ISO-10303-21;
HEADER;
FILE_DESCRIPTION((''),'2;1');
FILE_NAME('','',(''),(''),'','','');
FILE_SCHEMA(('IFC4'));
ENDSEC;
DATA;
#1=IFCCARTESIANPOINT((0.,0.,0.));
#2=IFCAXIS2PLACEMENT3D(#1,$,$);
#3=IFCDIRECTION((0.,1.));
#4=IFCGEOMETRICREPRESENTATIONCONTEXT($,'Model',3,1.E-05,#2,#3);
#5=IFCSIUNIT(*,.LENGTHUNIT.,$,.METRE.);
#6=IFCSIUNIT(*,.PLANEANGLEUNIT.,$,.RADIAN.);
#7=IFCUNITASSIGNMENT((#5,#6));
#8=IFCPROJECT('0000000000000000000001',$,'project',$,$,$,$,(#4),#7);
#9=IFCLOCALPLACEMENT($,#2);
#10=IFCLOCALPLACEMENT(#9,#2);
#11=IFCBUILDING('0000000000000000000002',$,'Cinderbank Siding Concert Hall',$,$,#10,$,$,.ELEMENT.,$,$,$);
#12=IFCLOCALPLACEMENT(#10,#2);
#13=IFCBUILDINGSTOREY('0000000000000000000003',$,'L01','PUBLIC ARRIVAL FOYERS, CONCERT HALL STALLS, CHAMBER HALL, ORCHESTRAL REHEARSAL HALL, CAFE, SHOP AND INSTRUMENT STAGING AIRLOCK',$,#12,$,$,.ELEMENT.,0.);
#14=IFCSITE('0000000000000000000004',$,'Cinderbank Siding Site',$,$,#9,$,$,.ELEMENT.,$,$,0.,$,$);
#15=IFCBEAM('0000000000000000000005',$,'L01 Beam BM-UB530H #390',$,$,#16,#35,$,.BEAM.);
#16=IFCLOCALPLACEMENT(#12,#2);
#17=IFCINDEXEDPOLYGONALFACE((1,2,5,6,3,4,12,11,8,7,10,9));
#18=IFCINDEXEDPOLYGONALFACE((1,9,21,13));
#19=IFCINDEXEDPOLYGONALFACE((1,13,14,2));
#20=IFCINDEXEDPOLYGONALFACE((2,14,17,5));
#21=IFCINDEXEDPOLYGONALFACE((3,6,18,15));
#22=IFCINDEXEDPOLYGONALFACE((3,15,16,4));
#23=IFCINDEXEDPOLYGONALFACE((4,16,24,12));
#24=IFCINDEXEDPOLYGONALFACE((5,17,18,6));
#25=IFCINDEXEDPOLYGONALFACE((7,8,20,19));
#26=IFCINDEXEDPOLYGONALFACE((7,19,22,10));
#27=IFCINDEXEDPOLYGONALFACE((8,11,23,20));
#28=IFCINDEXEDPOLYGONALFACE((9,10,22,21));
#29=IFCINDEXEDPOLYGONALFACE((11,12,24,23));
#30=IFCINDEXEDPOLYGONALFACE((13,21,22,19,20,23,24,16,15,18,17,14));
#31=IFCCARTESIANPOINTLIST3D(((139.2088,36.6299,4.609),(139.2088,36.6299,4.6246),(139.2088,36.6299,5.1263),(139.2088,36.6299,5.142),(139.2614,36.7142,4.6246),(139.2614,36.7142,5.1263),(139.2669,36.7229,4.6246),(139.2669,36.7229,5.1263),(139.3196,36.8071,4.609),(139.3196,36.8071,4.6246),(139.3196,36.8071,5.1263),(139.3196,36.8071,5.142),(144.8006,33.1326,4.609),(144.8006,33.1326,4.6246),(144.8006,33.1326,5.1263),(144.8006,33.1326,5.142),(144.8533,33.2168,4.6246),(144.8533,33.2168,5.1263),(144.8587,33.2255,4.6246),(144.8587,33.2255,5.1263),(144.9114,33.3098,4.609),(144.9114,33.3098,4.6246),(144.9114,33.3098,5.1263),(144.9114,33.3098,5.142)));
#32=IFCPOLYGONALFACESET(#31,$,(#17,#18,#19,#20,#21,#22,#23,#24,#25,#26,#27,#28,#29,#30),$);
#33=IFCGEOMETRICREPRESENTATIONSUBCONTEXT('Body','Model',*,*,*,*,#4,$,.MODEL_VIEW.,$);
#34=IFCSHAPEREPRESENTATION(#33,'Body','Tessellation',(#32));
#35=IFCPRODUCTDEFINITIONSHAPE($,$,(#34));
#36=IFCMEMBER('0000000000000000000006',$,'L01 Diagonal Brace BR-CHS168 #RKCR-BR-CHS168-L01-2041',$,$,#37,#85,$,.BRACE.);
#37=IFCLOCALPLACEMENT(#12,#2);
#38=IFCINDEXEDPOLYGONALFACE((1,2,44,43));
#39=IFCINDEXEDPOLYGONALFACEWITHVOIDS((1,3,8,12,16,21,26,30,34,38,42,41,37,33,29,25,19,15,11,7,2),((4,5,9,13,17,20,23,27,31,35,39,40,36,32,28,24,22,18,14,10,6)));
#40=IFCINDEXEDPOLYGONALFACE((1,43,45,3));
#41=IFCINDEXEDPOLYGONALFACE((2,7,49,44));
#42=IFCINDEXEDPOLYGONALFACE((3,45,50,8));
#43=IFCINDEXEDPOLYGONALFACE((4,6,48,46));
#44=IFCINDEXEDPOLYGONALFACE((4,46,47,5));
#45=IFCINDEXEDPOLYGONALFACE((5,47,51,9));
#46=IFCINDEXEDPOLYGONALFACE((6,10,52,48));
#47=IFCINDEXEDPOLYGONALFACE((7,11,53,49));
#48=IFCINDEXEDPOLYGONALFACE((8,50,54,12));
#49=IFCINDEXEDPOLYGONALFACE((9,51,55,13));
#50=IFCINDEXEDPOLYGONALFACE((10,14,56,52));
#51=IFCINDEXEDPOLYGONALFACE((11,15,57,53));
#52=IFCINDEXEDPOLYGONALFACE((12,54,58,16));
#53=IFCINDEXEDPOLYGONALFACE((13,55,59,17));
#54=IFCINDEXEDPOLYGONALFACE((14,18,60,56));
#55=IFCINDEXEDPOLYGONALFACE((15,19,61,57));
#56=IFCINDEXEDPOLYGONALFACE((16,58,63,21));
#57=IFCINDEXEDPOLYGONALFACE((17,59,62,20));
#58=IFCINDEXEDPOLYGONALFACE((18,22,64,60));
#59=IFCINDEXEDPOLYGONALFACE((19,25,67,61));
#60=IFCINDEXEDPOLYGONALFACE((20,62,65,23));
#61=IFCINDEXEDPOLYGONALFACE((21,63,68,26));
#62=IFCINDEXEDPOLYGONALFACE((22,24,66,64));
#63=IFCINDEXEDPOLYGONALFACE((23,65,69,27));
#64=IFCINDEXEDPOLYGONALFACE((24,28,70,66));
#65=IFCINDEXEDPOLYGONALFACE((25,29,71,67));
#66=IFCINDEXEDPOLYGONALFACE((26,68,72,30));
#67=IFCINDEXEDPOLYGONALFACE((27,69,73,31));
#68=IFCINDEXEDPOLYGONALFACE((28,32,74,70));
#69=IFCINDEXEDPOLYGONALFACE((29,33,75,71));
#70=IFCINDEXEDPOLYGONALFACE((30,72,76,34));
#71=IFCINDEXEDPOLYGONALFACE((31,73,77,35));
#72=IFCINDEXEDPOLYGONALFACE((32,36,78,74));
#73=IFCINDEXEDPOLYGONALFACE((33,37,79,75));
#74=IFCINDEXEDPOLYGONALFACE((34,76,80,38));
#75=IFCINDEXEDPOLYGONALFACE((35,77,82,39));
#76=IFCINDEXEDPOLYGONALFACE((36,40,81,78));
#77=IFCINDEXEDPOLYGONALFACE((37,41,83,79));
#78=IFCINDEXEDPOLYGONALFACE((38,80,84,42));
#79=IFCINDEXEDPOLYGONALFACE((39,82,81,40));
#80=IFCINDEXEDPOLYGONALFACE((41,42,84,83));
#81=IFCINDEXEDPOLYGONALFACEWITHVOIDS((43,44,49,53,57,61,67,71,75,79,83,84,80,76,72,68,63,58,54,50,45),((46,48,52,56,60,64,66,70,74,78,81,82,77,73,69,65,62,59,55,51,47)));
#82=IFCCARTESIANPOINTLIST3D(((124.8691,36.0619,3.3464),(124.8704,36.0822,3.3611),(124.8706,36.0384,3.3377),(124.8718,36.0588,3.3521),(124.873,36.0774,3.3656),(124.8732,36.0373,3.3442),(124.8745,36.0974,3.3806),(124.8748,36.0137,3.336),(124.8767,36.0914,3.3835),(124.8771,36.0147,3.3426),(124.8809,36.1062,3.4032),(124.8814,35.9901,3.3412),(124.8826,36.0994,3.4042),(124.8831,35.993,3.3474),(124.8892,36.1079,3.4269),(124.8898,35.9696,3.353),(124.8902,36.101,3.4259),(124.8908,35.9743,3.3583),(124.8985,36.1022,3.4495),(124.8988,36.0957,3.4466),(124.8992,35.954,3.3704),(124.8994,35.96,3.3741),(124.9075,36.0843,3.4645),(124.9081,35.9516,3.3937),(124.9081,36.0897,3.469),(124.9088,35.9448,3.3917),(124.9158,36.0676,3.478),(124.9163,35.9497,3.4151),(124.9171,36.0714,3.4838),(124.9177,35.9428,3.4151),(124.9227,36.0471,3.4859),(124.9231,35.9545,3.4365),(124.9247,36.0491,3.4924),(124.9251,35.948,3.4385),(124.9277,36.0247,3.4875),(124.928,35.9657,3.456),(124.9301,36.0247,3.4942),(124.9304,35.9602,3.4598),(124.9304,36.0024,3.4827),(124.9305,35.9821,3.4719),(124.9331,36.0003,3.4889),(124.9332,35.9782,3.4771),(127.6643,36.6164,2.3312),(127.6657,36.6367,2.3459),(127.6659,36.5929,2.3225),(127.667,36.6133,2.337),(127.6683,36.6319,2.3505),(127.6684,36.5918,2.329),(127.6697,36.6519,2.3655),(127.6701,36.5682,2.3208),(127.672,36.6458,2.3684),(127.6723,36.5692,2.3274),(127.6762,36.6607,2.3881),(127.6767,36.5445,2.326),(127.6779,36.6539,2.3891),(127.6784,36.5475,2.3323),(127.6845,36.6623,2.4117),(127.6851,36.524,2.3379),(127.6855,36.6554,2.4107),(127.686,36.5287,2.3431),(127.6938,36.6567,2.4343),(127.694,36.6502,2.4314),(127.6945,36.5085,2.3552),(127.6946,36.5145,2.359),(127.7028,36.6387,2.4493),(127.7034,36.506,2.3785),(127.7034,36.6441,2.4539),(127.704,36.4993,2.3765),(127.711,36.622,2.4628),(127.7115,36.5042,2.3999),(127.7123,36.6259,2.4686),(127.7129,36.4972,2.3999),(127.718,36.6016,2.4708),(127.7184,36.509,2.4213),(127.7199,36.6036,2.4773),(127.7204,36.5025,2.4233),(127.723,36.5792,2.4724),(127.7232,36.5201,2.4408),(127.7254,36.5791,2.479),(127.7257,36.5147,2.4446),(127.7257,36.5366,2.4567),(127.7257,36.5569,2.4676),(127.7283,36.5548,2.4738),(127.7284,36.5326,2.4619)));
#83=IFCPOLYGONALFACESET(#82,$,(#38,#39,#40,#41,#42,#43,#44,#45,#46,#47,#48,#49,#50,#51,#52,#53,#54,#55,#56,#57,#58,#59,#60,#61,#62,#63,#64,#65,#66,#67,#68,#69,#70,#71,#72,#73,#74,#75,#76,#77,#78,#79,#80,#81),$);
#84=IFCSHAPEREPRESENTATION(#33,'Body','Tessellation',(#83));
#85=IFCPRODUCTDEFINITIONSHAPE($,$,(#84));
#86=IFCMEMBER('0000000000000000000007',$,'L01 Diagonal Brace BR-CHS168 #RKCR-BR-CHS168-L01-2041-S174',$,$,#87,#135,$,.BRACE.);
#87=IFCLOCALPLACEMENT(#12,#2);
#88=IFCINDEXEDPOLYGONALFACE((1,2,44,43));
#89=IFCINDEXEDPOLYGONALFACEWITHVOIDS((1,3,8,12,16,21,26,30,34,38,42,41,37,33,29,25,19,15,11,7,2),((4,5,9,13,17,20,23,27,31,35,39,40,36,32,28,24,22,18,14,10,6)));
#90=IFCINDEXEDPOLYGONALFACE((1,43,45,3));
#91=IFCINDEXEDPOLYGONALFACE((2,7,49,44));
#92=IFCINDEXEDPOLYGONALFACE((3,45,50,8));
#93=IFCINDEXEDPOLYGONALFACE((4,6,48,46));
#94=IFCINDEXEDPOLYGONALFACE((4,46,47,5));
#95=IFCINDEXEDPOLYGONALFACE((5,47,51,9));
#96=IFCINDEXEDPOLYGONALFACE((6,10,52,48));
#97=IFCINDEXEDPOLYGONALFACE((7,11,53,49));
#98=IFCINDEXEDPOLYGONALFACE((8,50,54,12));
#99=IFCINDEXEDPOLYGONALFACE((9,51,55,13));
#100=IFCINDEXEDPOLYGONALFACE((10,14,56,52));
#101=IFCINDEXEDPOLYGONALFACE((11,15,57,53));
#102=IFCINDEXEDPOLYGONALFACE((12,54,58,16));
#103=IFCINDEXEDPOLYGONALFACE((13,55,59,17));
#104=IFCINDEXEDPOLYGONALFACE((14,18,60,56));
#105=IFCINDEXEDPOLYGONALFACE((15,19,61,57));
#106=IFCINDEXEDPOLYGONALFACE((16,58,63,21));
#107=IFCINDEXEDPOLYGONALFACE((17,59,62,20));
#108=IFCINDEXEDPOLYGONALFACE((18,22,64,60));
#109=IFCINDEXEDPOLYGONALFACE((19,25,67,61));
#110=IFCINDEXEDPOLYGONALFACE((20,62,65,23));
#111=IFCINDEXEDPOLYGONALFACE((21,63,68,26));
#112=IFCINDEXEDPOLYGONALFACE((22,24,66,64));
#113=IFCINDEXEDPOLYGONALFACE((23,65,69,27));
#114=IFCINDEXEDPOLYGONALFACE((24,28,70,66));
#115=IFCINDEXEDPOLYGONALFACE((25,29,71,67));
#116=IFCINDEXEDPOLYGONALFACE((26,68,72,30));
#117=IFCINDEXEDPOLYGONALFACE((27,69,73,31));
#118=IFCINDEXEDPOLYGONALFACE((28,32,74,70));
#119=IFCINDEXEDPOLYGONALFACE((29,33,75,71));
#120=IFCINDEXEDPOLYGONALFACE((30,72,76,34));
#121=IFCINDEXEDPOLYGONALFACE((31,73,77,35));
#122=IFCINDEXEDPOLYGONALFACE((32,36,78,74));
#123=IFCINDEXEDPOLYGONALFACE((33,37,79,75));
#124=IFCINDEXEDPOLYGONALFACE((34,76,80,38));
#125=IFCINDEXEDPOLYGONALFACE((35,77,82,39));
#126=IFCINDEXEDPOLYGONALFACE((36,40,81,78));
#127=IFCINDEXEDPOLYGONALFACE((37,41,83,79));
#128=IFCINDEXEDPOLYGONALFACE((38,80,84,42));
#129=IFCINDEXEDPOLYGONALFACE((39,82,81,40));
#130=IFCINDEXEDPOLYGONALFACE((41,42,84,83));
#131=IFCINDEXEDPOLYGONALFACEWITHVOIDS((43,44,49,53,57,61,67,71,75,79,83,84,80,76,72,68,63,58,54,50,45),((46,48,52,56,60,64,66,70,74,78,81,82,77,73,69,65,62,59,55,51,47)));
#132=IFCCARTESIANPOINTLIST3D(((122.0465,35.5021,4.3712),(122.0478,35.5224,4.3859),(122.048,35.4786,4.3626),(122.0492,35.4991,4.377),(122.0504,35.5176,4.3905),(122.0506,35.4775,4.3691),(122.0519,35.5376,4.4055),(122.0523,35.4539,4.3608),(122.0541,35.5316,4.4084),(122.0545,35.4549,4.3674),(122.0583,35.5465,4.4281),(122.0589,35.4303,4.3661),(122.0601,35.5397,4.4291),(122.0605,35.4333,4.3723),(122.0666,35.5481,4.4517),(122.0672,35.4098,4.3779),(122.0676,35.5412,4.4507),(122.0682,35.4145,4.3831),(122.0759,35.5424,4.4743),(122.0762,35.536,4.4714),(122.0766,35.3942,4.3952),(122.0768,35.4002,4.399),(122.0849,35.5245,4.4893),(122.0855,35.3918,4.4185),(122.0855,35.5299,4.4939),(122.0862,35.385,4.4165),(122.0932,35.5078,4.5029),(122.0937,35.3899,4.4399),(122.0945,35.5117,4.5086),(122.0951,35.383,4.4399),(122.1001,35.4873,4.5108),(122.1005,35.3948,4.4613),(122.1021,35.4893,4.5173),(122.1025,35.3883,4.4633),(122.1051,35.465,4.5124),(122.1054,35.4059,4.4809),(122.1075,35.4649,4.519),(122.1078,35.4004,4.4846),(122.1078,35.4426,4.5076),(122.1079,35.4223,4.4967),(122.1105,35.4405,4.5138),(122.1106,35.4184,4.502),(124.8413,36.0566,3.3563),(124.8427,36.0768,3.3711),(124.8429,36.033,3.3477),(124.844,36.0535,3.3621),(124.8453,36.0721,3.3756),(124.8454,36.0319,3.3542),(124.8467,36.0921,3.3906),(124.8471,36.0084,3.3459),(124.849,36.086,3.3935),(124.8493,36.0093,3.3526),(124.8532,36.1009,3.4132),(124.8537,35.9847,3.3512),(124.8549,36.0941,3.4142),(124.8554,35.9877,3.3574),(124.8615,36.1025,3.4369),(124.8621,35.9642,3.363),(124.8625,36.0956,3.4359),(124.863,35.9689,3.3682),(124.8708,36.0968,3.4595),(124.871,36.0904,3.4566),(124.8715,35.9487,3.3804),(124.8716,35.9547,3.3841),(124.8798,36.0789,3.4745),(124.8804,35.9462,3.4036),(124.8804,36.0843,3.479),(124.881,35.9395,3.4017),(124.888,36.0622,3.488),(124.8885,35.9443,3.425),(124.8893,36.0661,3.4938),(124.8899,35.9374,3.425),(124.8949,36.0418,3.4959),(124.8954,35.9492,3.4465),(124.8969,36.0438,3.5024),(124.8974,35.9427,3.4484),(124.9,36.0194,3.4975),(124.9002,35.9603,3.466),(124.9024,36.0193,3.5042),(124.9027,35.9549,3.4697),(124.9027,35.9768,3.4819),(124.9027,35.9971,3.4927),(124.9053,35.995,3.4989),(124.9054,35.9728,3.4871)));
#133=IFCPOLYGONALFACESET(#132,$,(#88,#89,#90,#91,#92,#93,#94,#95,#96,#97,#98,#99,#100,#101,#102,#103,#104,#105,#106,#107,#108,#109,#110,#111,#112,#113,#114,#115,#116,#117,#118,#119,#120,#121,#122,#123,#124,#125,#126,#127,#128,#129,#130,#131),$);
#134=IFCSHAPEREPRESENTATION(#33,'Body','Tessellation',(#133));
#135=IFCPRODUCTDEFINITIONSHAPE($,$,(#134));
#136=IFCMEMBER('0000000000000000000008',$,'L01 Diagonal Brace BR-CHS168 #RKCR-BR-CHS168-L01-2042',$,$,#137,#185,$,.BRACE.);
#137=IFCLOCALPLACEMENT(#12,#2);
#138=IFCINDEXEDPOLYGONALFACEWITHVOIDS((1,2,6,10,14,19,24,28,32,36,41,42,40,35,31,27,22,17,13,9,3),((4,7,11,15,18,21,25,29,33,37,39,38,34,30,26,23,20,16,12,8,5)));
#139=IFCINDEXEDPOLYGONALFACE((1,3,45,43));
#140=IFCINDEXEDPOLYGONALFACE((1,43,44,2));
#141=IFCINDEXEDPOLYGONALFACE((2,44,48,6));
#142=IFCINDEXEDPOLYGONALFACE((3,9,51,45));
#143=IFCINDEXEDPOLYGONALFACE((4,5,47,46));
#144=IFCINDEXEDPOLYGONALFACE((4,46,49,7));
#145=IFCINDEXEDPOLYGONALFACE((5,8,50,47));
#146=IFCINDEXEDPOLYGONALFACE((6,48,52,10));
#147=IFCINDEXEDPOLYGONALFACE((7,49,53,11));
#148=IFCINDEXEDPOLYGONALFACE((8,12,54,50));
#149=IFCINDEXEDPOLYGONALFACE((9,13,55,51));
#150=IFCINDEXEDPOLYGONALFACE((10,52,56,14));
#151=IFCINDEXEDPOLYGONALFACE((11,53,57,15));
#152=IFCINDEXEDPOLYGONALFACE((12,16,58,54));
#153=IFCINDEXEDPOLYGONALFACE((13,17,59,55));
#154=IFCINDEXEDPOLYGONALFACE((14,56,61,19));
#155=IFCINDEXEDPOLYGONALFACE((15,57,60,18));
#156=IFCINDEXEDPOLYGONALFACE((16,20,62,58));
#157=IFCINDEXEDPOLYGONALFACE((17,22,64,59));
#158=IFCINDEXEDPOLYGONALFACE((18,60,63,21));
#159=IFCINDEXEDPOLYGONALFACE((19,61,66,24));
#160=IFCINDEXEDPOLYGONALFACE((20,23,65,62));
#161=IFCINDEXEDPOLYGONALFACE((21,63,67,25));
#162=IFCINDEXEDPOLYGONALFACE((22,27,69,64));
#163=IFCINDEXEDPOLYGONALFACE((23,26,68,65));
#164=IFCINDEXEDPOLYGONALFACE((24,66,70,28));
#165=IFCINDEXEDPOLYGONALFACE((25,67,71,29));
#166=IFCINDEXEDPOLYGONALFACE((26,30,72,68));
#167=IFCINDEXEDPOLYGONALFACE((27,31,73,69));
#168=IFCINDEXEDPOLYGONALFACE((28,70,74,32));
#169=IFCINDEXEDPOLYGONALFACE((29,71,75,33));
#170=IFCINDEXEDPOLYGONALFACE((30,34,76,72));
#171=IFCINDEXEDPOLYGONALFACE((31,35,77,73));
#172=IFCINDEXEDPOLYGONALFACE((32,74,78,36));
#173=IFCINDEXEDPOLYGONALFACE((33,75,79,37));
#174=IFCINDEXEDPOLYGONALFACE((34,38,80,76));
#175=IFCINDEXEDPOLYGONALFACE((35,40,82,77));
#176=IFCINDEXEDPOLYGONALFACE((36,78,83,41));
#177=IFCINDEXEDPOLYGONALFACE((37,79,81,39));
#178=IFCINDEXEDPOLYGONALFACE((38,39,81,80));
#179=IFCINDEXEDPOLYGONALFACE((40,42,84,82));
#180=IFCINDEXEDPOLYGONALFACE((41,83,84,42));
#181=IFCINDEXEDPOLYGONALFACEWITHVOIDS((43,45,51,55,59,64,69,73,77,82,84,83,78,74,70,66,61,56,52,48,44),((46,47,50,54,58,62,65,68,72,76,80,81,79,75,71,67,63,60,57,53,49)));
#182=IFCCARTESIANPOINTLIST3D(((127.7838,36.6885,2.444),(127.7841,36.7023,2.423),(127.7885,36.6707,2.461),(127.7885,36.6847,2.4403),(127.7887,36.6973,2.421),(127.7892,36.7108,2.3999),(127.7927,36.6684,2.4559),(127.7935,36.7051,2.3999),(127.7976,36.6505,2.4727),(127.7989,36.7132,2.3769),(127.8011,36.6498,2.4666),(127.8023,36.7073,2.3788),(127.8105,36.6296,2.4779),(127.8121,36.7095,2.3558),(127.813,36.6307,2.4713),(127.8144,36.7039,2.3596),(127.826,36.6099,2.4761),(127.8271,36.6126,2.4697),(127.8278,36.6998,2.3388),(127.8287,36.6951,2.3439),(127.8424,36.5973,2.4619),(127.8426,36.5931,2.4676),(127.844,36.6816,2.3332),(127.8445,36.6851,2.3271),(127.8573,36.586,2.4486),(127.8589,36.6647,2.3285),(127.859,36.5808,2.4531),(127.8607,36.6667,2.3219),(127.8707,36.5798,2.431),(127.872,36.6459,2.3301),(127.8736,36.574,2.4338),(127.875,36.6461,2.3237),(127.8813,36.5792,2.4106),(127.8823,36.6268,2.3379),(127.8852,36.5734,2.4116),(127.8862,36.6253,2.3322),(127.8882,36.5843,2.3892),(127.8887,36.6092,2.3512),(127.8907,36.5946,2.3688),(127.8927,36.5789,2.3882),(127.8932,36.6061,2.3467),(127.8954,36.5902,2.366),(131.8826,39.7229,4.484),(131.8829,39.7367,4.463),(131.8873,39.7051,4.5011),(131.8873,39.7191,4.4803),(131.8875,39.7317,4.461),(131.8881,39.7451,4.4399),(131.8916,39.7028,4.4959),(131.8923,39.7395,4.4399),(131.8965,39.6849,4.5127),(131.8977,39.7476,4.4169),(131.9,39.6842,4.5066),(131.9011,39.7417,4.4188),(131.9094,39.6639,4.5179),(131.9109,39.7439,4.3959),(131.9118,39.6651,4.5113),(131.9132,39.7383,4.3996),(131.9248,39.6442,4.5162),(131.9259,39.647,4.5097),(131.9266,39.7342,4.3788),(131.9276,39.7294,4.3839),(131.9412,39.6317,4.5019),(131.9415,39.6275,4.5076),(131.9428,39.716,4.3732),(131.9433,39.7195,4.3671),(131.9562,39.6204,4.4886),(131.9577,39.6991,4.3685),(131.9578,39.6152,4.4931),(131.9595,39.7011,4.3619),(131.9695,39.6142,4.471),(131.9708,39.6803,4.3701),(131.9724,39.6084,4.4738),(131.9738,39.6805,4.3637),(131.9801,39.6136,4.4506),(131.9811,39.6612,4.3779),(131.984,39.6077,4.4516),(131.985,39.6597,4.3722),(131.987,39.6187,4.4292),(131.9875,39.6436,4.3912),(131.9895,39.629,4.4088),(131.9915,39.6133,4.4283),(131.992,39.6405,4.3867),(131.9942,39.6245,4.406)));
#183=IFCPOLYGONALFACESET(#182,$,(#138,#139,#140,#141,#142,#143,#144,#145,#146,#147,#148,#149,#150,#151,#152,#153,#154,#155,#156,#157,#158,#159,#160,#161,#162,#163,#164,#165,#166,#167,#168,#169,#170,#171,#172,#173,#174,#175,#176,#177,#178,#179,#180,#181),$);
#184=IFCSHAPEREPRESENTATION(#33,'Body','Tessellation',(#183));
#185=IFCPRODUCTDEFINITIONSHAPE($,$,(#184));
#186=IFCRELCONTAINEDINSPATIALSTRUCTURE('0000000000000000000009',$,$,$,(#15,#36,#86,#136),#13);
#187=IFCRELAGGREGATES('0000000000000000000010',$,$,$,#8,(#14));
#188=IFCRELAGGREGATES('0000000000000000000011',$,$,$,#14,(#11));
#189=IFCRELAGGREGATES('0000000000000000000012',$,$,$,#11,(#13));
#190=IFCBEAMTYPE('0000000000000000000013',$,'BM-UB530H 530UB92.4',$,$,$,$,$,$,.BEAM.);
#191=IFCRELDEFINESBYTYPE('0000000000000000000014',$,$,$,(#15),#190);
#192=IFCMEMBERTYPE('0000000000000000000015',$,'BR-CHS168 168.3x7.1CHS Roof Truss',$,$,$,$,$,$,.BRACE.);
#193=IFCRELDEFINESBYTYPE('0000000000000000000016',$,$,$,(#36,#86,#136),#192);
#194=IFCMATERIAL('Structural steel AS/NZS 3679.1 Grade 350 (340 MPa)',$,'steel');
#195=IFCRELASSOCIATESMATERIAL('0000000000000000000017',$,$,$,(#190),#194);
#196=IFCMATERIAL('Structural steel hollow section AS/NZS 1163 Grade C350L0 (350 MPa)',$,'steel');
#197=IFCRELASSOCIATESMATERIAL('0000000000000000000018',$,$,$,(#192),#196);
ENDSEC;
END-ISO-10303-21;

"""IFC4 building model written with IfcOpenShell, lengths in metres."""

from ifc_helpers import new_model, si_unit, direction, frame, origin, origin_2d, place, context, subcontext, project, spatial, hollow_circle, i_section, extrude, material, material_profile, profile_set, type_object, element, save


model = new_model("IFC4")

# Units and contexts
model_context = context("Model", 3, precision=1e-05, world=origin(), true_north=direction((0.0, 1.0)))
body_context = subcontext(model_context, "Body", "Model", "MODEL_VIEW")
ifc_project = project(units=[si_unit("LENGTHUNIT", "METRE"), si_unit("PLANEANGLEUNIT", "RADIAN")], contexts=[model_context])

# Site, building, storey
site_placement = place(None, origin())
site = spatial("IfcSite", under=ifc_project, at=site_placement, Name="Cinderbank Siding Site", CompositionType="ELEMENT", RefElevation=0.0)
building_placement = place(site_placement, origin())
building = spatial("IfcBuilding", under=site, at=building_placement, Name="Cinderbank Siding Concert Hall", CompositionType="ELEMENT")
storey_placement = place(building_placement, origin())
storey = spatial("IfcBuildingStorey", under=building, at=storey_placement, Name="L01", Description="PUBLIC ARRIVAL FOYERS, CONCERT HALL STALLS, CHAMBER HALL, ORCHESTRAL REHEARSAL HALL, CAFE, SHOP AND INSTRUMENT STAGING AIRLOCK", CompositionType="ELEMENT", Elevation=0.0)

# Beam
ifc_material_1 = material(Name="Structural steel AS/NZS 3679.1 Grade 350 (340 MPa)", Category="steel")
ifc_material_profile_1 = material_profile(ifc_material_1, i_section(OverallWidth=0.209, OverallDepth=0.533, WebThickness=0.0103, FlangeThickness=0.0156, at=origin_2d()), Name="530UB92.4", Category="LoadBearing")
ifc_profile_set_1 = profile_set([ifc_material_profile_1], Name="Structural steel AS/NZS 3679.1 Grade 350 (340 MPa)")
beam_type_1 = type_object("IfcBeamType", Name="BM-UB530H 530UB92.4", PredefinedType="BEAM", material=ifc_profile_set_1)
beam_1_placement = place(storey_placement, frame((139.2642, 36.7185, 4.8755), z_axis=(0.847832, -0.530265, 0.0), x_axis=(0.530265, 0.847832, 0.0)))
element("IfcBeam", 1, at=beam_1_placement, inside=storey, type_object=beam_type_1, Name="L01 Beam BM-UB530H #390", PredefinedType="BEAM", context=body_context, shape_type="SweptSolid", body=[
    extrude(i_section(OverallWidth=0.209, OverallDepth=0.533, WebThickness=0.0103, FlangeThickness=0.0156, at=origin_2d()), origin(), (0.0, 0.0, 1.0), 6.5955),
])

# Members
ifc_material_2 = material(Name="Structural steel hollow section AS/NZS 1163 Grade C350L0 (350 MPa)", Category="steel")
ifc_material_profile_2 = material_profile(ifc_material_2, hollow_circle(Radius=0.0842, WallThickness=0.0071, at=origin_2d()), Name="168.3x7.1CHS", Category="LoadBearing")
ifc_profile_set_2 = profile_set([ifc_material_profile_2], Name="Structural steel hollow section AS/NZS 1163 Grade C350L0 (350 MPa)")
member_type_1 = type_object("IfcMemberType", Name="BR-CHS168 168.3x7.1CHS Roof Truss", PredefinedType="BRACE", material=ifc_profile_set_2)
member_1_placement = place(storey_placement, frame((127.6965, 36.5798, 2.3999), z_axis=(-0.92401, -0.183285, 0.335578), x_axis=(0.194567, -0.980889, 0.0)))
element("IfcMember", 2, at=member_1_placement, inside=storey, type_object=member_type_1, Name="L01 Diagonal Brace BR-CHS168 #RKCR-BR-CHS168-L01-2041", PredefinedType="BRACE", context=body_context, shape_type="SweptSolid", body=[
    extrude(hollow_circle(Radius=0.0842, WallThickness=0.0071, at=origin_2d()), origin(), (0.0, 0.0, 1.0), 3.0251),
])
member_2_placement = place(storey_placement, frame((124.8735, 36.02, 3.425), z_axis=(-0.924023, -0.183303, 0.335531), x_axis=(0.194584, -0.980886, 0.0)))
element("IfcMember", 3, at=member_2_placement, inside=storey, type_object=member_type_1, Name="L01 Diagonal Brace BR-CHS168 #RKCR-BR-CHS168-L01-2041-S174", PredefinedType="BRACE", context=body_context, shape_type="SweptSolid", body=[
    extrude(hollow_circle(Radius=0.0842, WallThickness=0.0071, at=origin_2d()), origin(), (0.0, 0.0, 1.0), 3.0247),
])
member_3_placement = place(storey_placement, frame((127.8394, 36.6431, 2.3999), z_axis=(0.746234, 0.552442, 0.371406), x_axis=(-0.595002, 0.803724, 0.0)))
element("IfcMember", 4, at=member_3_placement, inside=storey, type_object=member_type_1, Name="L01 Diagonal Brace BR-CHS168 #RKCR-BR-CHS168-L01-2042", PredefinedType="BRACE", context=body_context, shape_type="SweptSolid", body=[
    extrude(hollow_circle(Radius=0.0842, WallThickness=0.0071, at=origin_2d()), origin(), (0.0, 0.0, 1.0), 5.4927),
])

save(model, "model.ifc")
